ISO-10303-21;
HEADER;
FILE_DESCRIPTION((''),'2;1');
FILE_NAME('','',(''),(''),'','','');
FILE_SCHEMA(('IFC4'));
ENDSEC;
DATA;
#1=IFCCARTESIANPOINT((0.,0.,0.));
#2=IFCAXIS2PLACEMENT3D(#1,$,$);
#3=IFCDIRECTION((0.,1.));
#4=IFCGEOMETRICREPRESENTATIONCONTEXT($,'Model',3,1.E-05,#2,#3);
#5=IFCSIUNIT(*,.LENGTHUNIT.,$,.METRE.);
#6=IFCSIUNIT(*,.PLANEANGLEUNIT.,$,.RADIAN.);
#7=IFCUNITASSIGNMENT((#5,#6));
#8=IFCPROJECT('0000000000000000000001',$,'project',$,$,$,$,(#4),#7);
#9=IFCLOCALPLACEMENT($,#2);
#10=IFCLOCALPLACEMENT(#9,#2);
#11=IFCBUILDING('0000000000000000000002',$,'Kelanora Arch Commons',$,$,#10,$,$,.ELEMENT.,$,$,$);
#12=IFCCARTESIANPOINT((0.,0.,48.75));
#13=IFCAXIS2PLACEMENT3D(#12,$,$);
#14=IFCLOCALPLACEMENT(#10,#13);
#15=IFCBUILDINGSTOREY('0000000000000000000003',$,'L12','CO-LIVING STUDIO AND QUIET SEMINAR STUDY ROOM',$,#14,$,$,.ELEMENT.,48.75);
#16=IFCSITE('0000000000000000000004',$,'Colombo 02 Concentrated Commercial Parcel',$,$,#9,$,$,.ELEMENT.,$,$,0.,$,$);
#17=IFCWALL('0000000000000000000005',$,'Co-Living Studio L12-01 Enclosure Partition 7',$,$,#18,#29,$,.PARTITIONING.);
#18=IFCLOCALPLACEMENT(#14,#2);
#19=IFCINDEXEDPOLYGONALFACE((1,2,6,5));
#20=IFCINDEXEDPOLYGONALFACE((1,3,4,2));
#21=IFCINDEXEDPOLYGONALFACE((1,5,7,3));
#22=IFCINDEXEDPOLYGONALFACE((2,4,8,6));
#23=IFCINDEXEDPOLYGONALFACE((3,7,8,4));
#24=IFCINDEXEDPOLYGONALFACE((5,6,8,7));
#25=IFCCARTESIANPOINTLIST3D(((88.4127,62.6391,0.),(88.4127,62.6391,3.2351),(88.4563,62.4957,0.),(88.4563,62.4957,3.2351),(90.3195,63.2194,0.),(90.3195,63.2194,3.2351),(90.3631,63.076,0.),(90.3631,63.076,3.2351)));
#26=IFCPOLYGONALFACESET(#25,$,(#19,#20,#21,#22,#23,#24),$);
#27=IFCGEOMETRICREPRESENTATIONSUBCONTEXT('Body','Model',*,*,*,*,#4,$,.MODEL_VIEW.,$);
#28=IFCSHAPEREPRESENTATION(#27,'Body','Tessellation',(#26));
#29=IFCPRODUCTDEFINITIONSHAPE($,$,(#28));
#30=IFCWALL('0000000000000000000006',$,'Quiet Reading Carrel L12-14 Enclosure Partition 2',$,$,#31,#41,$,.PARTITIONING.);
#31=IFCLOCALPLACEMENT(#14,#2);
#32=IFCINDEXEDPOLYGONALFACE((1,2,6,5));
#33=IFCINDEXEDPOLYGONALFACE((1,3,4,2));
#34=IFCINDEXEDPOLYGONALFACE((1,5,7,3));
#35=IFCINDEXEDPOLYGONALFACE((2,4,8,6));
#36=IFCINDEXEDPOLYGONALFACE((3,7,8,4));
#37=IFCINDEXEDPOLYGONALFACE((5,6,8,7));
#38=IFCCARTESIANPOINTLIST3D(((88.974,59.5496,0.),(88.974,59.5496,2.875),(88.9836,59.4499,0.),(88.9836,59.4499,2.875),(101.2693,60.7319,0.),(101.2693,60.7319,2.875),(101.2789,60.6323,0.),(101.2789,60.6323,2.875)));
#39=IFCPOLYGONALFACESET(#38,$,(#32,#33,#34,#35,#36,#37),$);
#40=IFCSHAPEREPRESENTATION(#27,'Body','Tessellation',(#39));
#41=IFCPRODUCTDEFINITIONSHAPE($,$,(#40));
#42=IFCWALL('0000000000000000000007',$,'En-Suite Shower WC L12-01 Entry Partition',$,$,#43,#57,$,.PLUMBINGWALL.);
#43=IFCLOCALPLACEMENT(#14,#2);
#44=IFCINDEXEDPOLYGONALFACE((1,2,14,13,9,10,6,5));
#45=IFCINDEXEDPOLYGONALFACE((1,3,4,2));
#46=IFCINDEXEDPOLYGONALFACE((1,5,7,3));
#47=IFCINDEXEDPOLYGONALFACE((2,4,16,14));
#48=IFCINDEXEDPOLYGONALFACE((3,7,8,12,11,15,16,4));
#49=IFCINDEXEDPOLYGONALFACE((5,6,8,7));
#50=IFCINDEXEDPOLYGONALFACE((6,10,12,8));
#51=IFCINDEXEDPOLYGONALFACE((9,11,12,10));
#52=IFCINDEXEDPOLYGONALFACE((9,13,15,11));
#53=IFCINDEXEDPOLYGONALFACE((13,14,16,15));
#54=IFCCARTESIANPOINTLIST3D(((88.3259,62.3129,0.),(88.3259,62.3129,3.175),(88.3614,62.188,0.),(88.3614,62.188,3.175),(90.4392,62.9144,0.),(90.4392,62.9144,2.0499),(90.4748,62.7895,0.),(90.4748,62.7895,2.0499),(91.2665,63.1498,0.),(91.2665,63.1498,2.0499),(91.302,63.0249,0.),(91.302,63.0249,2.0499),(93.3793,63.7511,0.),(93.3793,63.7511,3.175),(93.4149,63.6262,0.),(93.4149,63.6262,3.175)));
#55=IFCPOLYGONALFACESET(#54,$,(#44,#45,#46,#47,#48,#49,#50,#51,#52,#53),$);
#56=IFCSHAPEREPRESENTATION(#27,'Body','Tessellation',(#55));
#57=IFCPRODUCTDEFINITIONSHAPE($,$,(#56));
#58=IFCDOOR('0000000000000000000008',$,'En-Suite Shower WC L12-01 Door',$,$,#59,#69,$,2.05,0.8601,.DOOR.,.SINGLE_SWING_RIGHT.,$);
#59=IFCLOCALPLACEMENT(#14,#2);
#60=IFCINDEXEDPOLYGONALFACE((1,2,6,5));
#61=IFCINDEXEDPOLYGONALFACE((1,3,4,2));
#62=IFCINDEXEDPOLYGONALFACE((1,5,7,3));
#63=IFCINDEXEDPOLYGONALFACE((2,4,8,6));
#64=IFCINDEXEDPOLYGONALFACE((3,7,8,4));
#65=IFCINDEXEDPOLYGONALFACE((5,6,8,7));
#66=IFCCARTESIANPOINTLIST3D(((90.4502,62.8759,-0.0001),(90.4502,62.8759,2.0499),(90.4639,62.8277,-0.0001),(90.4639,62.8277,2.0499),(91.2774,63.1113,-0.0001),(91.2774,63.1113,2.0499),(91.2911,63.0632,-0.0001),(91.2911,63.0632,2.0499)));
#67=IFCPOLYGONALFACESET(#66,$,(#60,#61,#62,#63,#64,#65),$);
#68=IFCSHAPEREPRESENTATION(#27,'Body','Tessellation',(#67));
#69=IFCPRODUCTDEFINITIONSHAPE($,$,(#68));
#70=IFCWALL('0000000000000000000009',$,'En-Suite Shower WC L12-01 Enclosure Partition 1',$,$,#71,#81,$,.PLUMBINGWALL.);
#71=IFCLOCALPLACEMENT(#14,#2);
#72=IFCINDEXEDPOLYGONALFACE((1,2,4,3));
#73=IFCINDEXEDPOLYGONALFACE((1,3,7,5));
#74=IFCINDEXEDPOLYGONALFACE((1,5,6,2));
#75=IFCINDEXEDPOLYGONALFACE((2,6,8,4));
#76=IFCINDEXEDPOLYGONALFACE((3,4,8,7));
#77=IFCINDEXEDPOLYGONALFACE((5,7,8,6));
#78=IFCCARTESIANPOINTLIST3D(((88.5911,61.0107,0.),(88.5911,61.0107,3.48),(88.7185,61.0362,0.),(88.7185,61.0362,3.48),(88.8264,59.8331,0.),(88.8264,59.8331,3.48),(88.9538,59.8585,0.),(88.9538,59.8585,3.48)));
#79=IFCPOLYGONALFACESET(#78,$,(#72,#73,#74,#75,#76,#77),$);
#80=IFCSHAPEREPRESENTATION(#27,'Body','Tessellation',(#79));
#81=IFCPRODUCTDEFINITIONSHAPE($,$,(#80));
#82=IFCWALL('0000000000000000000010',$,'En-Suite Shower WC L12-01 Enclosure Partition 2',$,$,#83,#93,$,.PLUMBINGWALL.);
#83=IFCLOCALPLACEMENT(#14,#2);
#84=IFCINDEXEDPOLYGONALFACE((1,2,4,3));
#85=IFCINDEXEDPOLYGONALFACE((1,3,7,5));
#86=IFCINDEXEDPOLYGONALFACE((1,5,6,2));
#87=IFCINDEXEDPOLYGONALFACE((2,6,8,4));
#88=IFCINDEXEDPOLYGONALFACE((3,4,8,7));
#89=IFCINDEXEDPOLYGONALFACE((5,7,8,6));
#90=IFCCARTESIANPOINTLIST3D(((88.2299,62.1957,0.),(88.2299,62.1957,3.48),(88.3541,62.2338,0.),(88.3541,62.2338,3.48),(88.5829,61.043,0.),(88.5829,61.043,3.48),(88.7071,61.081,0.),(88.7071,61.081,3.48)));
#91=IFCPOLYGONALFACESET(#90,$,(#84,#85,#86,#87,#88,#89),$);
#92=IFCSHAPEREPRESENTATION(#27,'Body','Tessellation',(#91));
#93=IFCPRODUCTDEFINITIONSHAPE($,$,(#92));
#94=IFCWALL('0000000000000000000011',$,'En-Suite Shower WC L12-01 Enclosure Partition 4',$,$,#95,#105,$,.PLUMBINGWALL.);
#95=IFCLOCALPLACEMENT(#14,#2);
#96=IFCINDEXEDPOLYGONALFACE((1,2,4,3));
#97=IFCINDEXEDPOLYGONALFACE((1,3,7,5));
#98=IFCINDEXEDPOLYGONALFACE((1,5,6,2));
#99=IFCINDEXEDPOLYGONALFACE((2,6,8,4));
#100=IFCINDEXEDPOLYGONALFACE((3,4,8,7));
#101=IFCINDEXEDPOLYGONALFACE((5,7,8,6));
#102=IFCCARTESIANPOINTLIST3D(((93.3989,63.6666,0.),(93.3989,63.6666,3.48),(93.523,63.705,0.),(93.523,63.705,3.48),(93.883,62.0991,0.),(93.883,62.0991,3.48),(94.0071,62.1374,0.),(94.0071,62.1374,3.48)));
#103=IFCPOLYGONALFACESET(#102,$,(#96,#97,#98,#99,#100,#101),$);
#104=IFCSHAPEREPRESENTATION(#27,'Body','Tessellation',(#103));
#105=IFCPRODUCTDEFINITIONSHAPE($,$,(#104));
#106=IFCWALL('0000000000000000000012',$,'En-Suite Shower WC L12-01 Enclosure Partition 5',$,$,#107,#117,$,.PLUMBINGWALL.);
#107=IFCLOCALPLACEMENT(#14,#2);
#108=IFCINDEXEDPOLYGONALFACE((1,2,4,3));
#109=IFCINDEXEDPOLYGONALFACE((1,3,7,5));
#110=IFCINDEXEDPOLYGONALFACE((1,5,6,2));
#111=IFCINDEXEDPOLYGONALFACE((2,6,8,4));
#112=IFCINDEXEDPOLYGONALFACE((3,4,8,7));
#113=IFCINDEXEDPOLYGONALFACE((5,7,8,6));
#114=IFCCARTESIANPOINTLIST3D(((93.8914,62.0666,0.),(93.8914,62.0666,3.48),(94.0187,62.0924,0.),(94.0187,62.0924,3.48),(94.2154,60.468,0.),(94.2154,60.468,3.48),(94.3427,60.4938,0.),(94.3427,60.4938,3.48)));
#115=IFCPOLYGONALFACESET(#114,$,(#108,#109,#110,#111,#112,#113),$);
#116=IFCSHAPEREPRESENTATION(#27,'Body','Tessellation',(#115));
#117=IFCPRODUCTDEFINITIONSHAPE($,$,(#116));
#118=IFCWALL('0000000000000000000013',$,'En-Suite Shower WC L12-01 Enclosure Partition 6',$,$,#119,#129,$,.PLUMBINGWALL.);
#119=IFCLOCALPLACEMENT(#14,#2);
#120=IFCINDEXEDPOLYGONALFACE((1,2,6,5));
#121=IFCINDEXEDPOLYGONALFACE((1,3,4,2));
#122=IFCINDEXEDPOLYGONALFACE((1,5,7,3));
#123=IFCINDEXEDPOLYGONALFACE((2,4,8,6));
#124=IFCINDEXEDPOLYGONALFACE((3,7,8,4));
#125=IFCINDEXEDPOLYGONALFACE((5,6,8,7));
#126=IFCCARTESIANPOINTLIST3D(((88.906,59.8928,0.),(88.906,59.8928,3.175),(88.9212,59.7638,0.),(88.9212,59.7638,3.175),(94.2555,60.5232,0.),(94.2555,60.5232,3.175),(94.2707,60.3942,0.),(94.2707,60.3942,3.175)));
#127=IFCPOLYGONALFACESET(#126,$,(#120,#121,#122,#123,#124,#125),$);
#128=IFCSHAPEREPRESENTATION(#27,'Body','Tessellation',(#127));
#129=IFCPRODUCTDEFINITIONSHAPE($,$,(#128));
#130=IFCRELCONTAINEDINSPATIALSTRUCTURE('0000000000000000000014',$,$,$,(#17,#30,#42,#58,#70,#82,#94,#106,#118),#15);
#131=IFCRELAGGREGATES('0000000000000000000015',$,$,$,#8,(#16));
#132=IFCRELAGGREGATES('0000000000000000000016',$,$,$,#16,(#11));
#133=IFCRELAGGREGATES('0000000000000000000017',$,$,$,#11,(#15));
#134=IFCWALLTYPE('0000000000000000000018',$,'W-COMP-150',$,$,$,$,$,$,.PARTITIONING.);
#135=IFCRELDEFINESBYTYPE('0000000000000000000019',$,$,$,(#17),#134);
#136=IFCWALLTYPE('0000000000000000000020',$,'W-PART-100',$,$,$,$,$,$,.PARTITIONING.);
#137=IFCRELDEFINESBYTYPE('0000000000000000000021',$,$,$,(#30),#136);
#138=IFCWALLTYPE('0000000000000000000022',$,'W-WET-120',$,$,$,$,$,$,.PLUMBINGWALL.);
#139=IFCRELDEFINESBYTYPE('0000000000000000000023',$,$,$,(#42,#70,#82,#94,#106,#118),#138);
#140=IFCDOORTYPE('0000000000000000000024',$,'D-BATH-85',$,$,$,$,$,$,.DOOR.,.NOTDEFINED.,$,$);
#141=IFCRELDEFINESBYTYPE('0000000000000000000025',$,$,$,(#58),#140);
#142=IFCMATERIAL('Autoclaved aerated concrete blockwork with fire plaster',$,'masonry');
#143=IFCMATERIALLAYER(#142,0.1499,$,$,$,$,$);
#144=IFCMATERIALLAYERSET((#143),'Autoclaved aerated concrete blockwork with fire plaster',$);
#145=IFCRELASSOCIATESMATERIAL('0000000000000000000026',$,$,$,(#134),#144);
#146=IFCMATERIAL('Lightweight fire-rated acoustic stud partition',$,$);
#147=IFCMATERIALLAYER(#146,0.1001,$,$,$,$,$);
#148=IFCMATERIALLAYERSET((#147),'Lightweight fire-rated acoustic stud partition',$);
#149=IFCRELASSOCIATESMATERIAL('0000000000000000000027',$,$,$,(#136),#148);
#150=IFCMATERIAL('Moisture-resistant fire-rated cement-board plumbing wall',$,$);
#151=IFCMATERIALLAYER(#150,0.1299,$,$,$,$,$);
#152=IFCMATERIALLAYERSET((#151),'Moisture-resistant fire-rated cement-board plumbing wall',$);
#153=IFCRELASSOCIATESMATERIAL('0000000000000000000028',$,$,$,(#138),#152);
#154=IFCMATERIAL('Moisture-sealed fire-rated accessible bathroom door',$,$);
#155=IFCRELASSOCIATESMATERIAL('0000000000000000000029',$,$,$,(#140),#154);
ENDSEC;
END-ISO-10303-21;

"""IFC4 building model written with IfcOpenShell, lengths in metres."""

from ifc_helpers import new_model, si_unit, direction, frame, frame_2d, origin, place, context, subcontext, project, spatial, rectangle, extrude, material, layer, layer_set, type_object, element, fill, save


model = new_model("IFC4")

# Units and contexts
model_context = context("Model", 3, precision=1e-05, world=origin(), true_north=direction((0.0, 1.0)))
body_context = subcontext(model_context, "Body", "Model", "MODEL_VIEW")
ifc_project = project(units=[si_unit("LENGTHUNIT", "METRE"), si_unit("PLANEANGLEUNIT", "RADIAN")], contexts=[model_context])

# Site, building, storey
site_placement = place(None, origin())
site = spatial("IfcSite", under=ifc_project, at=site_placement, Name="Colombo 02 Concentrated Commercial Parcel", CompositionType="ELEMENT", RefElevation=0.0)
building_placement = place(site_placement, origin())
building = spatial("IfcBuilding", under=site, at=building_placement, Name="Kelanora Arch Commons", CompositionType="ELEMENT")
storey_placement = place(building_placement, frame((0.0, 0.0, 48.75)))
storey = spatial("IfcBuildingStorey", under=building, at=storey_placement, Name="L12", Description="CO-LIVING STUDIO AND QUIET SEMINAR STUDY ROOM", CompositionType="ELEMENT", Elevation=48.75)

# Shared definitions
ifc_material_1 = material(Name="Autoclaved aerated concrete blockwork with fire plaster", Category="masonry")
ifc_layer_1 = layer(ifc_material_1, 0.1499)
ifc_layer_set_1 = layer_set([ifc_layer_1], Name="Autoclaved aerated concrete blockwork with fire plaster")
wall_type_1 = type_object("IfcWallType", Name="W-COMP-150", PredefinedType="PARTITIONING", material=ifc_layer_set_1)

# Walls
wall_1_placement = place(storey_placement, frame((90.3413, 63.1477, 0.0), z_axis=(0.0, 0.0, 1.0), x_axis=(-0.956672, -0.291166, 0.0)))
element("IfcWall", 1, at=wall_1_placement, inside=storey, type_object=wall_type_1, Name="Co-Living Studio L12-01 Enclosure Partition 7", PredefinedType="PARTITIONING", context=body_context, shape_type="SweptSolid", body=[
    extrude(rectangle(XDim=1.9932, YDim=0.1499, at=frame_2d((0.9966, 0.0))), origin(), (0.0, 0.0, 1.0), 3.2351),
])
ifc_material_2 = material(Name="Lightweight fire-rated acoustic stud partition")
ifc_layer_2 = layer(ifc_material_2, 0.1001)
ifc_layer_set_2 = layer_set([ifc_layer_2], Name="Lightweight fire-rated acoustic stud partition")
wall_type_2 = type_object("IfcWallType", Name="W-PART-100", PredefinedType="PARTITIONING", material=ifc_layer_set_2)
wall_2_placement = place(storey_placement, frame((88.9788, 59.4998, 0.0), z_axis=(0.0, 0.0, 1.0), x_axis=(0.995408, 0.095722, 0.0)))
element("IfcWall", 2, at=wall_2_placement, inside=storey, type_object=wall_type_2, Name="Quiet Reading Carrel L12-14 Enclosure Partition 2", PredefinedType="PARTITIONING", context=body_context, shape_type="SweptSolid", body=[
    extrude(rectangle(XDim=12.3521, YDim=0.1001, at=frame_2d((6.176, 0.0))), origin(), (0.0, 0.0, 1.0), 2.875),
])

# Wall, opening, door
ifc_material_3 = material(Name="Moisture-resistant fire-rated cement-board plumbing wall")
ifc_layer_3 = layer(ifc_material_3, 0.1299)
ifc_layer_set_3 = layer_set([ifc_layer_3], Name="Moisture-resistant fire-rated cement-board plumbing wall")
wall_type_3 = type_object("IfcWallType", Name="W-WET-120", PredefinedType="PLUMBINGWALL", material=ifc_layer_set_3)
wall_3_placement = place(storey_placement, frame((88.3438, 62.2505, 0.0), z_axis=(0.0, 0.0, 1.0), x_axis=(0.961806, 0.273733, 0.0)))
wall_3 = element("IfcWall", 3, at=wall_3_placement, inside=storey, type_object=wall_type_3, Name="En-Suite Shower WC L12-01 Entry Partition", PredefinedType="PLUMBINGWALL", context=body_context, shape_type="SweptSolid", body=[
    extrude(rectangle(XDim=5.2542, YDim=0.1299, at=frame_2d((2.627, 0.0))), origin(), (0.0, 0.0, 1.0), 3.175),
])
opening_1_placement = place(wall_3_placement, frame((2.197, 0.0, 0.0)))
opening_1 = element("IfcOpeningElement", 4, at=opening_1_placement, cuts=wall_3, PredefinedType="OPENING", context=body_context, shape_type="SweptSolid", body=[
    extrude(rectangle(XDim=0.8601, YDim=2.05, at=frame_2d((0.4302, 1.0249))), frame((0.0, 0.075, 0.0), z_axis=(0.0, -1.0, 0.0), x_axis=(1.0, 0.0, 0.0)), (0.0, 0.0, 1.0), 0.1499),
])
ifc_material_4 = material(Name="Moisture-sealed fire-rated accessible bathroom door")
door_type_1 = type_object("IfcDoorType", Name="D-BATH-85", OperationType="NOTDEFINED", PredefinedType="DOOR", material=ifc_material_4)
door_1_placement = place(opening_1_placement, origin())
door_1 = element("IfcDoor", 5, at=door_1_placement, inside=storey, type_object=door_type_1, Name="En-Suite Shower WC L12-01 Door", OperationType="SINGLE_SWING_RIGHT", OverallHeight=2.05, OverallWidth=0.8601, PredefinedType="DOOR", context=body_context, shape_type="SweptSolid", body=[
    extrude(rectangle(XDim=0.8601, YDim=2.05, at=frame_2d((0.4302, 1.0249))), frame((0.0, 0.0249, 0.0), z_axis=(0.0, -1.0, 0.0), x_axis=(1.0, 0.0, 0.0)), (0.0, 0.0, 1.0), 0.05),
])
fill(opening_1, door_1)

# Walls
wall_4_placement = place(storey_placement, frame((88.8901, 59.8457, 0.0), z_axis=(0.0, 0.0, 1.0), x_axis=(-0.19596, 0.980612, 0.0)))
element("IfcWall", 6, at=wall_4_placement, inside=storey, type_object=wall_type_3, Name="En-Suite Shower WC L12-01 Enclosure Partition 1", PredefinedType="PLUMBINGWALL", context=body_context, shape_type="SweptSolid", body=[
    extrude(rectangle(XDim=1.2009, YDim=0.1299, at=frame_2d((0.6006, 0.0))), origin(), (0.0, 0.0, 1.0), 3.48),
])
wall_5_placement = place(storey_placement, frame((88.645, 61.062, 0.0), z_axis=(0.0, 0.0, 1.0), x_axis=(-0.292805, 0.956172, 0.0)))
element("IfcWall", 7, at=wall_5_placement, inside=storey, type_object=wall_type_3, Name="En-Suite Shower WC L12-01 Enclosure Partition 2", PredefinedType="PLUMBINGWALL", context=body_context, shape_type="SweptSolid", body=[
    extrude(rectangle(XDim=1.2056, YDim=0.1299, at=frame_2d((0.6028, 0.0))), origin(), (0.0, 0.0, 1.0), 3.48),
])
wall_6_placement = place(storey_placement, frame((93.4609, 63.6858, 0.0), z_axis=(0.0, 0.0, 1.0), x_axis=(0.295079, -0.955473, 0.0)))
element("IfcWall", 8, at=wall_6_placement, inside=storey, type_object=wall_type_3, Name="En-Suite Shower WC L12-01 Enclosure Partition 4", PredefinedType="PLUMBINGWALL", context=body_context, shape_type="SweptSolid", body=[
    extrude(rectangle(XDim=1.6406, YDim=0.1299, at=frame_2d((0.8203, 0.0))), origin(), (0.0, 0.0, 1.0), 3.48),
])
wall_7_placement = place(storey_placement, frame((93.9551, 62.0793, 0.0), z_axis=(0.0, 0.0, 1.0), x_axis=(0.19862, -0.980077, 0.0)))
element("IfcWall", 9, at=wall_7_placement, inside=storey, type_object=wall_type_3, Name="En-Suite Shower WC L12-01 Enclosure Partition 5", PredefinedType="PLUMBINGWALL", context=body_context, shape_type="SweptSolid", body=[
    extrude(rectangle(XDim=1.6311, YDim=0.1299, at=frame_2d((0.8154, 0.0))), origin(), (0.0, 0.0, 1.0), 3.48),
])
wall_8_placement = place(storey_placement, frame((94.2632, 60.4587, 0.0), z_axis=(0.0, 0.0, 1.0), x_axis=(-0.993128, -0.117031, 0.0)))
element("IfcWall", 10, at=wall_8_placement, inside=storey, type_object=wall_type_3, Name="En-Suite Shower WC L12-01 Enclosure Partition 6", PredefinedType="PLUMBINGWALL", context=body_context, shape_type="SweptSolid", body=[
    extrude(rectangle(XDim=5.3865, YDim=0.1299, at=frame_2d((2.6934, 0.0))), origin(), (0.0, 0.0, 1.0), 3.175),
])

save(model, "model.ifc")
